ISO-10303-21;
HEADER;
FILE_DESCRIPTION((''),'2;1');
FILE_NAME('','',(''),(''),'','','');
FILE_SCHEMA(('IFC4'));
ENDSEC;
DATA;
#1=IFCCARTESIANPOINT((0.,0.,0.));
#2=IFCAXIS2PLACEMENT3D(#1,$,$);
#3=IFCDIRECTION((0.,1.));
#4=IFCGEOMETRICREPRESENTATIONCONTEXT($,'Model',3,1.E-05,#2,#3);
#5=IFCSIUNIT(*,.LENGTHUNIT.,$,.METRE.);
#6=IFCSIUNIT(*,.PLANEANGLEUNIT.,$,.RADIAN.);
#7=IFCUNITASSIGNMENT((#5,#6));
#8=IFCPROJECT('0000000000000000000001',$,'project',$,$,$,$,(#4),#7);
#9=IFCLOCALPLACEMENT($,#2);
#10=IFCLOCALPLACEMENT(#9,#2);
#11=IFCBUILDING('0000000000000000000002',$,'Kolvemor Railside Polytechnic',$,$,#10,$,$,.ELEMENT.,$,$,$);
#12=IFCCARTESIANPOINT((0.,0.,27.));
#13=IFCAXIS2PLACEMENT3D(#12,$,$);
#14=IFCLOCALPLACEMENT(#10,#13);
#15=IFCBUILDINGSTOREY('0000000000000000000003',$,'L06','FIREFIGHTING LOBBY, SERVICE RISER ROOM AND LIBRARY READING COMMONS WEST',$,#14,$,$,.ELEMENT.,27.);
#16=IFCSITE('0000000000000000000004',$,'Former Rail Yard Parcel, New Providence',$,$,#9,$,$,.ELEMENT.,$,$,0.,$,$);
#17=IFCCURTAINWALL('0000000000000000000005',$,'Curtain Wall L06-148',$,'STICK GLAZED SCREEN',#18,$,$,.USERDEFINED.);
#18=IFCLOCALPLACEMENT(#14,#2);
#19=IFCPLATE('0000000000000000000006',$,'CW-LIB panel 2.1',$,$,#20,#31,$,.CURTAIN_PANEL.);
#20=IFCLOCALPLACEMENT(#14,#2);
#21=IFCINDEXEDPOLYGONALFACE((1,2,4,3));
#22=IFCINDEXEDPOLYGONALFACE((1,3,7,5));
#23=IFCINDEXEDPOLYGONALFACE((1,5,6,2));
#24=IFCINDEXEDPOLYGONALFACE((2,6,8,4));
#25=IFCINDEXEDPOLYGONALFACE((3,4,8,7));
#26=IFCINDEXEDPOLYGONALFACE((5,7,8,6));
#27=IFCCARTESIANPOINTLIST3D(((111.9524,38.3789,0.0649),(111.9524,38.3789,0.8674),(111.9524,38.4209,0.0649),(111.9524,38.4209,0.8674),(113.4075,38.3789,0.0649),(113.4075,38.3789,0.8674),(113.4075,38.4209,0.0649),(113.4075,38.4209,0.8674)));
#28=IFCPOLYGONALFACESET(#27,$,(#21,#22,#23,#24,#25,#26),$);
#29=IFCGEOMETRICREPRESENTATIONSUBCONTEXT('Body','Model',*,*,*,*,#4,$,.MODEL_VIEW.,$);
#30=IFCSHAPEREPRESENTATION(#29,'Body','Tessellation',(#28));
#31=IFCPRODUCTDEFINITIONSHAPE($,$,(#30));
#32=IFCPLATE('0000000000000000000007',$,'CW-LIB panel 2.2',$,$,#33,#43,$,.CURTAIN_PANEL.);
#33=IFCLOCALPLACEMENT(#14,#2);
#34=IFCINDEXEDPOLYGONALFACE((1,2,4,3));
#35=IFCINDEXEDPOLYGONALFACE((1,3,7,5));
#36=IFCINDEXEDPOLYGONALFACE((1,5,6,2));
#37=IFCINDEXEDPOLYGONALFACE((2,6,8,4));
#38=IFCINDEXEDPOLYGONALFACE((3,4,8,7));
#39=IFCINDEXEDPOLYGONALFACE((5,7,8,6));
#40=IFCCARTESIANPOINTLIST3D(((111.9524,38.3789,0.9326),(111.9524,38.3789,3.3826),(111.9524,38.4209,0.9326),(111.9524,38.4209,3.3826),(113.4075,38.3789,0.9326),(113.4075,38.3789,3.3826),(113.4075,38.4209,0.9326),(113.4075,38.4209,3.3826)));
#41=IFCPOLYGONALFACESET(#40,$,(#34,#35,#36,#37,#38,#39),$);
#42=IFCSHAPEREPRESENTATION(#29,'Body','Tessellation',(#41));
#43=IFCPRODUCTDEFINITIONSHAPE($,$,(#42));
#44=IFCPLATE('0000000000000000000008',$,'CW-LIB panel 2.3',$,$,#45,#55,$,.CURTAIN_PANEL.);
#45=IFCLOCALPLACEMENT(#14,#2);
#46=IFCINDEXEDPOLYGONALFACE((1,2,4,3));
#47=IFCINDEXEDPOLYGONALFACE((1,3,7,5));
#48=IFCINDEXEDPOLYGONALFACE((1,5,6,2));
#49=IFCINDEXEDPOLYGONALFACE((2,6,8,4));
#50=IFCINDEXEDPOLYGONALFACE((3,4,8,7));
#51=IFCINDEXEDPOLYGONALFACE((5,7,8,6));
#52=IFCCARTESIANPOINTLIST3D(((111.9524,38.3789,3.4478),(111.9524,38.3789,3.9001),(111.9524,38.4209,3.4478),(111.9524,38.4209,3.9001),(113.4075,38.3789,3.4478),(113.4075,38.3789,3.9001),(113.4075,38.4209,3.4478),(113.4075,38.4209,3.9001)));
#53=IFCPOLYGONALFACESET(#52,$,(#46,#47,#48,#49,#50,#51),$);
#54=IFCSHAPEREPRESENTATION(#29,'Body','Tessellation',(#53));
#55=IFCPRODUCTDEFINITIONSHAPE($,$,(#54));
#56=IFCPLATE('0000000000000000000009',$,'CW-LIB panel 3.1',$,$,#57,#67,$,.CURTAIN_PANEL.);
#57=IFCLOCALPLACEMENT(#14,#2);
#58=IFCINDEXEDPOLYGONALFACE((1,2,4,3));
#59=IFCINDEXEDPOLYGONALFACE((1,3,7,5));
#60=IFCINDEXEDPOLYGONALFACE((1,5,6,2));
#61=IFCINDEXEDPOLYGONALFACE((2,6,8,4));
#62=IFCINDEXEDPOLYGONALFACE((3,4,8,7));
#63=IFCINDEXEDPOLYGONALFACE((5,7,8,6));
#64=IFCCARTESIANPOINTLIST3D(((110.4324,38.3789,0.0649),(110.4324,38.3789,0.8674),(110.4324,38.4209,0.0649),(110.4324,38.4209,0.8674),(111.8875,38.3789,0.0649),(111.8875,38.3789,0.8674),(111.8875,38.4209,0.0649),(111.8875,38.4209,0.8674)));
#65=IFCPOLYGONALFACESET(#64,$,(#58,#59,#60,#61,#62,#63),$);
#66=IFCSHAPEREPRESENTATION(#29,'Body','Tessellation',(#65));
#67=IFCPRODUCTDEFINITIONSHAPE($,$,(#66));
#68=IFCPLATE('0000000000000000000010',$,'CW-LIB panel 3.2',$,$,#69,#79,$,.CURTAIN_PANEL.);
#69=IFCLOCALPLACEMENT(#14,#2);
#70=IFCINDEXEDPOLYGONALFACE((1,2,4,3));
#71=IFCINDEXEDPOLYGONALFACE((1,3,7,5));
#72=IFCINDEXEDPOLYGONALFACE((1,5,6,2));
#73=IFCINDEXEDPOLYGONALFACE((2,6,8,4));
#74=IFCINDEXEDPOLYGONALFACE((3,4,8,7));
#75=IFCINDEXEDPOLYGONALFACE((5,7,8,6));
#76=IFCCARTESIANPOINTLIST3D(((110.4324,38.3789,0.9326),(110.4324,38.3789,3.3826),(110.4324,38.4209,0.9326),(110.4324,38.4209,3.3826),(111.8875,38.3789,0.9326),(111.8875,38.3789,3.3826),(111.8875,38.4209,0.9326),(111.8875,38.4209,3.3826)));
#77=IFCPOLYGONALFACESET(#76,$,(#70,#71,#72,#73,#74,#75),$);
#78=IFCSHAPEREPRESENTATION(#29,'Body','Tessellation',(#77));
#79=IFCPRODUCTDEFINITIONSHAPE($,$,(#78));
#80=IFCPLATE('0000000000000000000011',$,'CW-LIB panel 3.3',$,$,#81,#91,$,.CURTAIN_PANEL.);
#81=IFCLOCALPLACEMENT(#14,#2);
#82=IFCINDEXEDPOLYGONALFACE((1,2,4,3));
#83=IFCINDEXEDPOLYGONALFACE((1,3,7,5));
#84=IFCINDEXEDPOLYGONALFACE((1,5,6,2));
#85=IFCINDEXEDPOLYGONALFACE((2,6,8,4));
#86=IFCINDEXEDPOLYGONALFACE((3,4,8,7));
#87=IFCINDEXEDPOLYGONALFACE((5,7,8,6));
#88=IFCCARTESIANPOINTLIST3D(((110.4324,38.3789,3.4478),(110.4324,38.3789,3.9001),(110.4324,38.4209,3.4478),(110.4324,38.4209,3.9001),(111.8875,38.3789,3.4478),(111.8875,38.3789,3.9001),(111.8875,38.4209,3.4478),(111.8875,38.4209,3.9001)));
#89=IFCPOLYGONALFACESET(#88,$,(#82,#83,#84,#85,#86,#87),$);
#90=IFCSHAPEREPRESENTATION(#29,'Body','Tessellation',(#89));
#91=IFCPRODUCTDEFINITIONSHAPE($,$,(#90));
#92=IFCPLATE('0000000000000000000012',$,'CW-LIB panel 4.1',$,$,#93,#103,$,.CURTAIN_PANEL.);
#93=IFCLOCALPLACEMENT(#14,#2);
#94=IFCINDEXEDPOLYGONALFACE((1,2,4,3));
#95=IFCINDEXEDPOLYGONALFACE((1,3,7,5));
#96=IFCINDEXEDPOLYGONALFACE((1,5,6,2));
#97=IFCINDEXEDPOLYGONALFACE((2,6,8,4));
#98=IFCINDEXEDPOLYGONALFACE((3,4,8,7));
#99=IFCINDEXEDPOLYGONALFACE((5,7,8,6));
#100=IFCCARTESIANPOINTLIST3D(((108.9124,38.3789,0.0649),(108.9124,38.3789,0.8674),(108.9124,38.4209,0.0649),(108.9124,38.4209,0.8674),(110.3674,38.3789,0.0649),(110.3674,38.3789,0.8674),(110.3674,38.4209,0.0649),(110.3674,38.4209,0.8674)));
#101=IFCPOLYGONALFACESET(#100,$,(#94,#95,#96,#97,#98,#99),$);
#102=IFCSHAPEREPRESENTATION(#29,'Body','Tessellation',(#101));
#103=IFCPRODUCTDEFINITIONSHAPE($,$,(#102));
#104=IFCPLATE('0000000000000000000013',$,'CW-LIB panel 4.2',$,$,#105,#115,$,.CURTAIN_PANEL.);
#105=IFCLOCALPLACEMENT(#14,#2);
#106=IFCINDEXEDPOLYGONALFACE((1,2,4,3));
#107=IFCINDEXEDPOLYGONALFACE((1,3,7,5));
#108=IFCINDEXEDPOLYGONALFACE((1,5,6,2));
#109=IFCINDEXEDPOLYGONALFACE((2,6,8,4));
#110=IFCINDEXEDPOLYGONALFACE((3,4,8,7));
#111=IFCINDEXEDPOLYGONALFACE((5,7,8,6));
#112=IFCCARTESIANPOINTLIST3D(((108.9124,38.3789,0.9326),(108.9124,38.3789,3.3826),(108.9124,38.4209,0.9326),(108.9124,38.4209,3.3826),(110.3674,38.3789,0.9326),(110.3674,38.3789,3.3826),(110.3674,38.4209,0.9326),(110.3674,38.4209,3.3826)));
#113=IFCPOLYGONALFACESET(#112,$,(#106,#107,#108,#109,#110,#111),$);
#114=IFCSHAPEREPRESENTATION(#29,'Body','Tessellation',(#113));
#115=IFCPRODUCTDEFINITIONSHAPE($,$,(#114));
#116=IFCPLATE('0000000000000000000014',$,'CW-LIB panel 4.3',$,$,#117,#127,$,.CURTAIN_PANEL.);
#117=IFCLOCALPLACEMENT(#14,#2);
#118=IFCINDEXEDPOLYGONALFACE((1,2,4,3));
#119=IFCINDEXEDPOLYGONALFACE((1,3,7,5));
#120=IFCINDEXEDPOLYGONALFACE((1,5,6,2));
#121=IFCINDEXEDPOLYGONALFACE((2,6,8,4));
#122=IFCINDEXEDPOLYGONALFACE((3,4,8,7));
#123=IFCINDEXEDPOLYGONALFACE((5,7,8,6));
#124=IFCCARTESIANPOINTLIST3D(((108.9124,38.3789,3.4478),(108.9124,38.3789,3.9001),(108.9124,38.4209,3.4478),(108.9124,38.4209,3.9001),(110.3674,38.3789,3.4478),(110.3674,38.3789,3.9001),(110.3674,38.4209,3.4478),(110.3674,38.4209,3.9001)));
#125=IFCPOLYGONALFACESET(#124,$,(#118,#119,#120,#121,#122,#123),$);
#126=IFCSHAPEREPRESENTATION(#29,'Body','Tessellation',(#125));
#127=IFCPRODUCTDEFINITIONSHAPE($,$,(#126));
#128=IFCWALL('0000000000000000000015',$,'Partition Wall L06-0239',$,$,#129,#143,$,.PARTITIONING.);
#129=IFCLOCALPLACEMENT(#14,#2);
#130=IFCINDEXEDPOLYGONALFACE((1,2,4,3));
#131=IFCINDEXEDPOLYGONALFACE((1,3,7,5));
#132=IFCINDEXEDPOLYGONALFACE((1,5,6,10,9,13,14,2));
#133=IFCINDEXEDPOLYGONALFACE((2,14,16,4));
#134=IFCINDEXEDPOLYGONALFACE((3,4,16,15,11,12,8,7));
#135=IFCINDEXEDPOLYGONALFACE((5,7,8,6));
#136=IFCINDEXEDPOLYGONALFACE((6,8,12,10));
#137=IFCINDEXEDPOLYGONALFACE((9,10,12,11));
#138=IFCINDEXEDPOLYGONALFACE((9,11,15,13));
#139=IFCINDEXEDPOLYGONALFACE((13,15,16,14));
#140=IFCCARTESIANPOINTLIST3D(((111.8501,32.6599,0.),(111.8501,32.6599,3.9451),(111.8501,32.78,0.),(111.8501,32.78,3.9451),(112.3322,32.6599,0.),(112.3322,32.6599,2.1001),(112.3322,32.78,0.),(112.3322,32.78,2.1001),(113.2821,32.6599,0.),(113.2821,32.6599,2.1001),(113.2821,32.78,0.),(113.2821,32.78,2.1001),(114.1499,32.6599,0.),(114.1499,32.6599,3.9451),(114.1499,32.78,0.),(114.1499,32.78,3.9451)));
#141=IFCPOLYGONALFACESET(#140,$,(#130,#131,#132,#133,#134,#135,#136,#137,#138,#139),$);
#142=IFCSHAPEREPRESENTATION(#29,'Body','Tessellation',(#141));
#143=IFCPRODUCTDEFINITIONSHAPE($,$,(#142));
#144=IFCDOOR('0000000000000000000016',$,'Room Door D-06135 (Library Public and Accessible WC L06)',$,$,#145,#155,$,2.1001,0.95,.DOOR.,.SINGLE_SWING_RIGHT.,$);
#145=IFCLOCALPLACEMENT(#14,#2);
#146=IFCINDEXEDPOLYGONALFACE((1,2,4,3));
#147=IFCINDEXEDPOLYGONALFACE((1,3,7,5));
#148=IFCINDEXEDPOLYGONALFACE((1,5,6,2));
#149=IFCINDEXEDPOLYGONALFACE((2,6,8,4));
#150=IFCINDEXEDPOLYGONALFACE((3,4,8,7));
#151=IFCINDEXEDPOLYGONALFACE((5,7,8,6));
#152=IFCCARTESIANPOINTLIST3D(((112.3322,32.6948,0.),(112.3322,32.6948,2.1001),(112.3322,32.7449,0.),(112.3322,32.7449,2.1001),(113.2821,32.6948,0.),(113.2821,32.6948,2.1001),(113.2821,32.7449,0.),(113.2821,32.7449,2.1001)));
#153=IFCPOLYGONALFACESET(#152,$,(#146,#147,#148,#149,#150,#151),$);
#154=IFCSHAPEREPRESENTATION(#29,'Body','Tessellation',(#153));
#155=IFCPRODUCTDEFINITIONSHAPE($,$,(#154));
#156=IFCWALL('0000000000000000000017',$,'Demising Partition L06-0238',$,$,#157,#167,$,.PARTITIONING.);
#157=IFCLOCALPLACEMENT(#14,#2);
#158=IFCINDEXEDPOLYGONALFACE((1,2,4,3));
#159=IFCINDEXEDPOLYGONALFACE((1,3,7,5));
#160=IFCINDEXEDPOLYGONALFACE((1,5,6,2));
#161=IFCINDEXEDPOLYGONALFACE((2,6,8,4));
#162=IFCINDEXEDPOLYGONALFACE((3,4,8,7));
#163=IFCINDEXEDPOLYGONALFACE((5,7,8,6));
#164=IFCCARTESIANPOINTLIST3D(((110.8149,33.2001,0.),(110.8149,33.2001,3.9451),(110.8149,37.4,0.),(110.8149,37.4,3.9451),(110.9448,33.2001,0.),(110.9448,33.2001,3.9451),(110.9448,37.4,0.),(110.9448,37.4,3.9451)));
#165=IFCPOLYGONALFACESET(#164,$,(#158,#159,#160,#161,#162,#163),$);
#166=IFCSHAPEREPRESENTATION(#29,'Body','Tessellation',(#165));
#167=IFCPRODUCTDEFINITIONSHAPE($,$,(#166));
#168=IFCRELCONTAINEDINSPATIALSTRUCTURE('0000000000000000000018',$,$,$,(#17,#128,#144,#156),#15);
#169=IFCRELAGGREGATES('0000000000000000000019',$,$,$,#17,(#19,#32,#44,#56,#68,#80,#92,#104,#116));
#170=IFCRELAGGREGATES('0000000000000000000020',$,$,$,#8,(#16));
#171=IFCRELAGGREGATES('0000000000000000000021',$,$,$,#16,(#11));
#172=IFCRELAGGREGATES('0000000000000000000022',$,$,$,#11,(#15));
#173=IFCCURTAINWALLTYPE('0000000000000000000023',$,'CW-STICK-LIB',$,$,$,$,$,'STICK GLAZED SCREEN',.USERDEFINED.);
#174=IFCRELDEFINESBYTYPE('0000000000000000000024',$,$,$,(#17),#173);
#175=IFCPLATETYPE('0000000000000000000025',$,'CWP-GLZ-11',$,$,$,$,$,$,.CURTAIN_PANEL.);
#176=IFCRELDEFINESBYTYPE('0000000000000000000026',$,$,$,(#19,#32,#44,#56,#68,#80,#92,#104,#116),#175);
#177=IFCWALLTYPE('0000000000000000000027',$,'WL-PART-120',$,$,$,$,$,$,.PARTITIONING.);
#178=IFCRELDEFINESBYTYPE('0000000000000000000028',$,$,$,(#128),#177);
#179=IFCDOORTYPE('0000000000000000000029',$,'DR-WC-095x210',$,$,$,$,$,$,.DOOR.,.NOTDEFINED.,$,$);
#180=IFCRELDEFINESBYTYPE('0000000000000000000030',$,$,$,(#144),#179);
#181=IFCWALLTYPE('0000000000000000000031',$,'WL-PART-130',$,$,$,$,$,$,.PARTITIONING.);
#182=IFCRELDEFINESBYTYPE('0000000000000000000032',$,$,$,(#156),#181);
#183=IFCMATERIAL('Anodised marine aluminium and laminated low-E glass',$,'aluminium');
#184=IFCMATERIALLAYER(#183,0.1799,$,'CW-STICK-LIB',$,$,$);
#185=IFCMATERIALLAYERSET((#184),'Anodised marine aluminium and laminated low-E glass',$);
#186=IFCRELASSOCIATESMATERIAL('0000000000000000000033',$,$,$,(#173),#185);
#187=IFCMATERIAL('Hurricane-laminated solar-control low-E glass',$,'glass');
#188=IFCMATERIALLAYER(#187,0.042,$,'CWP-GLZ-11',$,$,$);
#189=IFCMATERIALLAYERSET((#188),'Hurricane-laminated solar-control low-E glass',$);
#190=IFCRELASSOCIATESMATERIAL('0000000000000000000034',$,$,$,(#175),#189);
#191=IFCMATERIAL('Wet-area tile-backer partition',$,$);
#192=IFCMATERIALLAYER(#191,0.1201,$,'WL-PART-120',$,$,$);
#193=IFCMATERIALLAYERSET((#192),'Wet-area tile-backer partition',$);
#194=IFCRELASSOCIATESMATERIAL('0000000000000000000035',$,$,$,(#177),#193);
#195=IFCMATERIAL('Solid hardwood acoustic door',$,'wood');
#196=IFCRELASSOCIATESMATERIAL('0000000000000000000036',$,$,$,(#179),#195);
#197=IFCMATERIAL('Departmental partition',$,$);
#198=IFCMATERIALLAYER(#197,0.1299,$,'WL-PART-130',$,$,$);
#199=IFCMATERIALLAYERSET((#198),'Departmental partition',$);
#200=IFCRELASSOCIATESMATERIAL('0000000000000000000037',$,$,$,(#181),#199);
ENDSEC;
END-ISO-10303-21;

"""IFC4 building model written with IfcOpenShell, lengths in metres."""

from ifc_helpers import new_model, si_unit, direction, frame, frame_2d, origin, origin_2d, place, context, subcontext, project, spatial, rectangle, extrude, material, layer, layer_set, type_object, element, fill, aggregate, save


model = new_model("IFC4")

# Units and contexts
model_context = context("Model", 3, precision=1e-05, world=origin(), true_north=direction((0.0, 1.0)))
body_context = subcontext(model_context, "Body", "Model", "MODEL_VIEW")
ifc_project = project(units=[si_unit("LENGTHUNIT", "METRE"), si_unit("PLANEANGLEUNIT", "RADIAN")], contexts=[model_context])

# Site, building, storey
site_placement = place(None, origin())
site = spatial("IfcSite", under=ifc_project, at=site_placement, Name="Former Rail Yard Parcel, New Providence", CompositionType="ELEMENT", RefElevation=0.0)
building_placement = place(site_placement, origin())
building = spatial("IfcBuilding", under=site, at=building_placement, Name="Kolvemor Railside Polytechnic", CompositionType="ELEMENT")
storey_placement = place(building_placement, frame((0.0, 0.0, 27.0)))
storey = spatial("IfcBuildingStorey", under=building, at=storey_placement, Name="L06", Description="FIREFIGHTING LOBBY, SERVICE RISER ROOM AND LIBRARY READING COMMONS WEST", CompositionType="ELEMENT", Elevation=27.0)

# Curtain wall, plates
ifc_material_1 = material(Name="Anodised marine aluminium and laminated low-E glass", Category="aluminium")
ifc_layer_1 = layer(ifc_material_1, 0.1799, Name="CW-STICK-LIB")
ifc_layer_set_1 = layer_set([ifc_layer_1], Name="Anodised marine aluminium and laminated low-E glass")
curtain_wall_type = type_object("IfcCurtainWallType", Name="CW-STICK-LIB", ElementType="STICK GLAZED SCREEN", PredefinedType="USERDEFINED", material=ifc_layer_set_1)
curtain_wall_placement = place(storey_placement, origin())
curtain_wall = element("IfcCurtainWall", 1, at=curtain_wall_placement, inside=storey, type_object=curtain_wall_type, Name="Curtain Wall L06-148", ObjectType="STICK GLAZED SCREEN", PredefinedType="USERDEFINED")
ifc_material_2 = material(Name="Hurricane-laminated solar-control low-E glass", Category="glass")
ifc_layer_2 = layer(ifc_material_2, 0.042, Name="CWP-GLZ-11")
ifc_layer_set_2 = layer_set([ifc_layer_2], Name="Hurricane-laminated solar-control low-E glass")
plate_type = type_object("IfcPlateType", Name="CWP-GLZ-11", PredefinedType="CURTAIN_PANEL", material=ifc_layer_set_2)
plate_1_placement = place(storey_placement, frame((112.6799, 38.3999, 0.0649), z_axis=(0.0, 0.0, 1.0), x_axis=(-1.0, 0.0, 0.0)))
plate_1 = element("IfcPlate", 2, at=plate_1_placement, type_object=plate_type, Name="CW-LIB panel 2.1", PredefinedType="CURTAIN_PANEL", context=body_context, shape_type="SweptSolid", body=[
    extrude(rectangle(XDim=1.4551, YDim=0.042, at=origin_2d()), origin(), (0.0, 0.0, 1.0), 0.8025),
])
plate_2_placement = place(storey_placement, frame((112.6799, 38.3999, 0.9326), z_axis=(0.0, 0.0, 1.0), x_axis=(-1.0, 0.0, 0.0)))
plate_2 = element("IfcPlate", 3, at=plate_2_placement, type_object=plate_type, Name="CW-LIB panel 2.2", PredefinedType="CURTAIN_PANEL", context=body_context, shape_type="SweptSolid", body=[
    extrude(rectangle(XDim=1.4551, YDim=0.042, at=origin_2d()), origin(), (0.0, 0.0, 1.0), 2.45),
])
plate_3_placement = place(storey_placement, frame((112.6799, 38.3999, 3.4478), z_axis=(0.0, 0.0, 1.0), x_axis=(-1.0, 0.0, 0.0)))
plate_3 = element("IfcPlate", 4, at=plate_3_placement, type_object=plate_type, Name="CW-LIB panel 2.3", PredefinedType="CURTAIN_PANEL", context=body_context, shape_type="SweptSolid", body=[
    extrude(rectangle(XDim=1.4551, YDim=0.042, at=origin_2d()), origin(), (0.0, 0.0, 1.0), 0.4524),
])
plate_4_placement = place(storey_placement, frame((111.1599, 38.3999, 0.0649), z_axis=(0.0, 0.0, 1.0), x_axis=(-1.0, 0.0, 0.0)))
plate_4 = element("IfcPlate", 5, at=plate_4_placement, type_object=plate_type, Name="CW-LIB panel 3.1", PredefinedType="CURTAIN_PANEL", context=body_context, shape_type="SweptSolid", body=[
    extrude(rectangle(XDim=1.4551, YDim=0.042, at=origin_2d()), origin(), (0.0, 0.0, 1.0), 0.8025),
])
plate_5_placement = place(storey_placement, frame((111.1599, 38.3999, 0.9326), z_axis=(0.0, 0.0, 1.0), x_axis=(-1.0, 0.0, 0.0)))
plate_5 = element("IfcPlate", 6, at=plate_5_placement, type_object=plate_type, Name="CW-LIB panel 3.2", PredefinedType="CURTAIN_PANEL", context=body_context, shape_type="SweptSolid", body=[
    extrude(rectangle(XDim=1.4551, YDim=0.042, at=origin_2d()), origin(), (0.0, 0.0, 1.0), 2.45),
])
plate_6_placement = place(storey_placement, frame((111.1599, 38.3999, 3.4478), z_axis=(0.0, 0.0, 1.0), x_axis=(-1.0, 0.0, 0.0)))
plate_6 = element("IfcPlate", 7, at=plate_6_placement, type_object=plate_type, Name="CW-LIB panel 3.3", PredefinedType="CURTAIN_PANEL", context=body_context, shape_type="SweptSolid", body=[
    extrude(rectangle(XDim=1.4551, YDim=0.042, at=origin_2d()), origin(), (0.0, 0.0, 1.0), 0.4524),
])
plate_7_placement = place(storey_placement, frame((109.6399, 38.3999, 0.0649), z_axis=(0.0, 0.0, 1.0), x_axis=(-1.0, 0.0, 0.0)))
plate_7 = element("IfcPlate", 8, at=plate_7_placement, type_object=plate_type, Name="CW-LIB panel 4.1", PredefinedType="CURTAIN_PANEL", context=body_context, shape_type="SweptSolid", body=[
    extrude(rectangle(XDim=1.4551, YDim=0.042, at=origin_2d()), origin(), (0.0, 0.0, 1.0), 0.8025),
])
plate_8_placement = place(storey_placement, frame((109.6399, 38.3999, 0.9326), z_axis=(0.0, 0.0, 1.0), x_axis=(-1.0, 0.0, 0.0)))
plate_8 = element("IfcPlate", 9, at=plate_8_placement, type_object=plate_type, Name="CW-LIB panel 4.2", PredefinedType="CURTAIN_PANEL", context=body_context, shape_type="SweptSolid", body=[
    extrude(rectangle(XDim=1.4551, YDim=0.042, at=origin_2d()), origin(), (0.0, 0.0, 1.0), 2.45),
])
plate_9_placement = place(storey_placement, frame((109.6399, 38.3999, 3.4478), z_axis=(0.0, 0.0, 1.0), x_axis=(-1.0, 0.0, 0.0)))
plate_9 = element("IfcPlate", 10, at=plate_9_placement, type_object=plate_type, Name="CW-LIB panel 4.3", PredefinedType="CURTAIN_PANEL", context=body_context, shape_type="SweptSolid", body=[
    extrude(rectangle(XDim=1.4551, YDim=0.042, at=origin_2d()), origin(), (0.0, 0.0, 1.0), 0.4524),
])
aggregate(curtain_wall, [plate_1, plate_2, plate_3, plate_4, plate_5, plate_6, plate_7, plate_8, plate_9])

# Wall, opening, door
ifc_material_3 = material(Name="Wet-area tile-backer partition")
ifc_layer_3 = layer(ifc_material_3, 0.1201, Name="WL-PART-120")
ifc_layer_set_3 = layer_set([ifc_layer_3], Name="Wet-area tile-backer partition")
wall_type_1 = type_object("IfcWallType", Name="WL-PART-120", PredefinedType="PARTITIONING", material=ifc_layer_set_3)
wall_1_placement = place(storey_placement, frame((111.8501, 32.72, 0.0), z_axis=(0.0, 0.0, 1.0), x_axis=(1.0, 0.0, 0.0)))
wall_1 = element("IfcWall", 11, at=wall_1_placement, inside=storey, type_object=wall_type_1, Name="Partition Wall L06-0239", PredefinedType="PARTITIONING", context=body_context, shape_type="SweptSolid", body=[
    extrude(rectangle(XDim=2.2998, YDim=0.1201, at=frame_2d((1.1499, 0.0))), origin(), (0.0, 0.0, 1.0), 3.9451),
])
opening_placement = place(wall_1_placement, frame((0.4819, 0.0, 0.0)))
opening = element("IfcOpeningElement", 12, at=opening_placement, cuts=wall_1, PredefinedType="OPENING", context=body_context, shape_type="SweptSolid", body=[
    extrude(rectangle(XDim=0.95, YDim=2.1001, at=frame_2d((0.4751, 1.05))), frame((0.0, 0.0701, 0.0), z_axis=(0.0, -1.0, 0.0), x_axis=(1.0, 0.0, 0.0)), (0.0, 0.0, 1.0), 0.1401),
])
ifc_material_4 = material(Name="Solid hardwood acoustic door", Category="wood")
door_type = type_object("IfcDoorType", Name="DR-WC-095x210", OperationType="NOTDEFINED", PredefinedType="DOOR", material=ifc_material_4)
door_placement = place(opening_placement, origin())
door = element("IfcDoor", 13, at=door_placement, inside=storey, type_object=door_type, Name="Room Door D-06135 (Library Public and Accessible WC L06)", OperationType="SINGLE_SWING_RIGHT", OverallHeight=2.1001, OverallWidth=0.95, PredefinedType="DOOR", context=body_context, shape_type="SweptSolid", body=[
    extrude(rectangle(XDim=0.95, YDim=2.1001, at=frame_2d((0.4751, 1.05))), frame((0.0, 0.0249, 0.0), z_axis=(0.0, -1.0, 0.0), x_axis=(1.0, 0.0, 0.0)), (0.0, 0.0, 1.0), 0.05),
])
fill(opening, door)

# Wall
ifc_material_5 = material(Name="Departmental partition")
ifc_layer_4 = layer(ifc_material_5, 0.1299, Name="WL-PART-130")
ifc_layer_set_4 = layer_set([ifc_layer_4], Name="Departmental partition")
wall_type_2 = type_object("IfcWallType", Name="WL-PART-130", PredefinedType="PARTITIONING", material=ifc_layer_set_4)
wall_2_placement = place(storey_placement, frame((110.8799, 33.2, 0.0), z_axis=(0.0, 0.0, 1.0), x_axis=(0.0, 1.0, 0.0)))
element("IfcWall", 14, at=wall_2_placement, inside=storey, type_object=wall_type_2, Name="Demising Partition L06-0238", PredefinedType="PARTITIONING", context=body_context, shape_type="SweptSolid", body=[
    extrude(rectangle(XDim=4.2, YDim=0.1299, at=frame_2d((2.1001, 0.0))), origin(), (0.0, 0.0, 1.0), 3.9451),
])

save(model, "model.ifc")
